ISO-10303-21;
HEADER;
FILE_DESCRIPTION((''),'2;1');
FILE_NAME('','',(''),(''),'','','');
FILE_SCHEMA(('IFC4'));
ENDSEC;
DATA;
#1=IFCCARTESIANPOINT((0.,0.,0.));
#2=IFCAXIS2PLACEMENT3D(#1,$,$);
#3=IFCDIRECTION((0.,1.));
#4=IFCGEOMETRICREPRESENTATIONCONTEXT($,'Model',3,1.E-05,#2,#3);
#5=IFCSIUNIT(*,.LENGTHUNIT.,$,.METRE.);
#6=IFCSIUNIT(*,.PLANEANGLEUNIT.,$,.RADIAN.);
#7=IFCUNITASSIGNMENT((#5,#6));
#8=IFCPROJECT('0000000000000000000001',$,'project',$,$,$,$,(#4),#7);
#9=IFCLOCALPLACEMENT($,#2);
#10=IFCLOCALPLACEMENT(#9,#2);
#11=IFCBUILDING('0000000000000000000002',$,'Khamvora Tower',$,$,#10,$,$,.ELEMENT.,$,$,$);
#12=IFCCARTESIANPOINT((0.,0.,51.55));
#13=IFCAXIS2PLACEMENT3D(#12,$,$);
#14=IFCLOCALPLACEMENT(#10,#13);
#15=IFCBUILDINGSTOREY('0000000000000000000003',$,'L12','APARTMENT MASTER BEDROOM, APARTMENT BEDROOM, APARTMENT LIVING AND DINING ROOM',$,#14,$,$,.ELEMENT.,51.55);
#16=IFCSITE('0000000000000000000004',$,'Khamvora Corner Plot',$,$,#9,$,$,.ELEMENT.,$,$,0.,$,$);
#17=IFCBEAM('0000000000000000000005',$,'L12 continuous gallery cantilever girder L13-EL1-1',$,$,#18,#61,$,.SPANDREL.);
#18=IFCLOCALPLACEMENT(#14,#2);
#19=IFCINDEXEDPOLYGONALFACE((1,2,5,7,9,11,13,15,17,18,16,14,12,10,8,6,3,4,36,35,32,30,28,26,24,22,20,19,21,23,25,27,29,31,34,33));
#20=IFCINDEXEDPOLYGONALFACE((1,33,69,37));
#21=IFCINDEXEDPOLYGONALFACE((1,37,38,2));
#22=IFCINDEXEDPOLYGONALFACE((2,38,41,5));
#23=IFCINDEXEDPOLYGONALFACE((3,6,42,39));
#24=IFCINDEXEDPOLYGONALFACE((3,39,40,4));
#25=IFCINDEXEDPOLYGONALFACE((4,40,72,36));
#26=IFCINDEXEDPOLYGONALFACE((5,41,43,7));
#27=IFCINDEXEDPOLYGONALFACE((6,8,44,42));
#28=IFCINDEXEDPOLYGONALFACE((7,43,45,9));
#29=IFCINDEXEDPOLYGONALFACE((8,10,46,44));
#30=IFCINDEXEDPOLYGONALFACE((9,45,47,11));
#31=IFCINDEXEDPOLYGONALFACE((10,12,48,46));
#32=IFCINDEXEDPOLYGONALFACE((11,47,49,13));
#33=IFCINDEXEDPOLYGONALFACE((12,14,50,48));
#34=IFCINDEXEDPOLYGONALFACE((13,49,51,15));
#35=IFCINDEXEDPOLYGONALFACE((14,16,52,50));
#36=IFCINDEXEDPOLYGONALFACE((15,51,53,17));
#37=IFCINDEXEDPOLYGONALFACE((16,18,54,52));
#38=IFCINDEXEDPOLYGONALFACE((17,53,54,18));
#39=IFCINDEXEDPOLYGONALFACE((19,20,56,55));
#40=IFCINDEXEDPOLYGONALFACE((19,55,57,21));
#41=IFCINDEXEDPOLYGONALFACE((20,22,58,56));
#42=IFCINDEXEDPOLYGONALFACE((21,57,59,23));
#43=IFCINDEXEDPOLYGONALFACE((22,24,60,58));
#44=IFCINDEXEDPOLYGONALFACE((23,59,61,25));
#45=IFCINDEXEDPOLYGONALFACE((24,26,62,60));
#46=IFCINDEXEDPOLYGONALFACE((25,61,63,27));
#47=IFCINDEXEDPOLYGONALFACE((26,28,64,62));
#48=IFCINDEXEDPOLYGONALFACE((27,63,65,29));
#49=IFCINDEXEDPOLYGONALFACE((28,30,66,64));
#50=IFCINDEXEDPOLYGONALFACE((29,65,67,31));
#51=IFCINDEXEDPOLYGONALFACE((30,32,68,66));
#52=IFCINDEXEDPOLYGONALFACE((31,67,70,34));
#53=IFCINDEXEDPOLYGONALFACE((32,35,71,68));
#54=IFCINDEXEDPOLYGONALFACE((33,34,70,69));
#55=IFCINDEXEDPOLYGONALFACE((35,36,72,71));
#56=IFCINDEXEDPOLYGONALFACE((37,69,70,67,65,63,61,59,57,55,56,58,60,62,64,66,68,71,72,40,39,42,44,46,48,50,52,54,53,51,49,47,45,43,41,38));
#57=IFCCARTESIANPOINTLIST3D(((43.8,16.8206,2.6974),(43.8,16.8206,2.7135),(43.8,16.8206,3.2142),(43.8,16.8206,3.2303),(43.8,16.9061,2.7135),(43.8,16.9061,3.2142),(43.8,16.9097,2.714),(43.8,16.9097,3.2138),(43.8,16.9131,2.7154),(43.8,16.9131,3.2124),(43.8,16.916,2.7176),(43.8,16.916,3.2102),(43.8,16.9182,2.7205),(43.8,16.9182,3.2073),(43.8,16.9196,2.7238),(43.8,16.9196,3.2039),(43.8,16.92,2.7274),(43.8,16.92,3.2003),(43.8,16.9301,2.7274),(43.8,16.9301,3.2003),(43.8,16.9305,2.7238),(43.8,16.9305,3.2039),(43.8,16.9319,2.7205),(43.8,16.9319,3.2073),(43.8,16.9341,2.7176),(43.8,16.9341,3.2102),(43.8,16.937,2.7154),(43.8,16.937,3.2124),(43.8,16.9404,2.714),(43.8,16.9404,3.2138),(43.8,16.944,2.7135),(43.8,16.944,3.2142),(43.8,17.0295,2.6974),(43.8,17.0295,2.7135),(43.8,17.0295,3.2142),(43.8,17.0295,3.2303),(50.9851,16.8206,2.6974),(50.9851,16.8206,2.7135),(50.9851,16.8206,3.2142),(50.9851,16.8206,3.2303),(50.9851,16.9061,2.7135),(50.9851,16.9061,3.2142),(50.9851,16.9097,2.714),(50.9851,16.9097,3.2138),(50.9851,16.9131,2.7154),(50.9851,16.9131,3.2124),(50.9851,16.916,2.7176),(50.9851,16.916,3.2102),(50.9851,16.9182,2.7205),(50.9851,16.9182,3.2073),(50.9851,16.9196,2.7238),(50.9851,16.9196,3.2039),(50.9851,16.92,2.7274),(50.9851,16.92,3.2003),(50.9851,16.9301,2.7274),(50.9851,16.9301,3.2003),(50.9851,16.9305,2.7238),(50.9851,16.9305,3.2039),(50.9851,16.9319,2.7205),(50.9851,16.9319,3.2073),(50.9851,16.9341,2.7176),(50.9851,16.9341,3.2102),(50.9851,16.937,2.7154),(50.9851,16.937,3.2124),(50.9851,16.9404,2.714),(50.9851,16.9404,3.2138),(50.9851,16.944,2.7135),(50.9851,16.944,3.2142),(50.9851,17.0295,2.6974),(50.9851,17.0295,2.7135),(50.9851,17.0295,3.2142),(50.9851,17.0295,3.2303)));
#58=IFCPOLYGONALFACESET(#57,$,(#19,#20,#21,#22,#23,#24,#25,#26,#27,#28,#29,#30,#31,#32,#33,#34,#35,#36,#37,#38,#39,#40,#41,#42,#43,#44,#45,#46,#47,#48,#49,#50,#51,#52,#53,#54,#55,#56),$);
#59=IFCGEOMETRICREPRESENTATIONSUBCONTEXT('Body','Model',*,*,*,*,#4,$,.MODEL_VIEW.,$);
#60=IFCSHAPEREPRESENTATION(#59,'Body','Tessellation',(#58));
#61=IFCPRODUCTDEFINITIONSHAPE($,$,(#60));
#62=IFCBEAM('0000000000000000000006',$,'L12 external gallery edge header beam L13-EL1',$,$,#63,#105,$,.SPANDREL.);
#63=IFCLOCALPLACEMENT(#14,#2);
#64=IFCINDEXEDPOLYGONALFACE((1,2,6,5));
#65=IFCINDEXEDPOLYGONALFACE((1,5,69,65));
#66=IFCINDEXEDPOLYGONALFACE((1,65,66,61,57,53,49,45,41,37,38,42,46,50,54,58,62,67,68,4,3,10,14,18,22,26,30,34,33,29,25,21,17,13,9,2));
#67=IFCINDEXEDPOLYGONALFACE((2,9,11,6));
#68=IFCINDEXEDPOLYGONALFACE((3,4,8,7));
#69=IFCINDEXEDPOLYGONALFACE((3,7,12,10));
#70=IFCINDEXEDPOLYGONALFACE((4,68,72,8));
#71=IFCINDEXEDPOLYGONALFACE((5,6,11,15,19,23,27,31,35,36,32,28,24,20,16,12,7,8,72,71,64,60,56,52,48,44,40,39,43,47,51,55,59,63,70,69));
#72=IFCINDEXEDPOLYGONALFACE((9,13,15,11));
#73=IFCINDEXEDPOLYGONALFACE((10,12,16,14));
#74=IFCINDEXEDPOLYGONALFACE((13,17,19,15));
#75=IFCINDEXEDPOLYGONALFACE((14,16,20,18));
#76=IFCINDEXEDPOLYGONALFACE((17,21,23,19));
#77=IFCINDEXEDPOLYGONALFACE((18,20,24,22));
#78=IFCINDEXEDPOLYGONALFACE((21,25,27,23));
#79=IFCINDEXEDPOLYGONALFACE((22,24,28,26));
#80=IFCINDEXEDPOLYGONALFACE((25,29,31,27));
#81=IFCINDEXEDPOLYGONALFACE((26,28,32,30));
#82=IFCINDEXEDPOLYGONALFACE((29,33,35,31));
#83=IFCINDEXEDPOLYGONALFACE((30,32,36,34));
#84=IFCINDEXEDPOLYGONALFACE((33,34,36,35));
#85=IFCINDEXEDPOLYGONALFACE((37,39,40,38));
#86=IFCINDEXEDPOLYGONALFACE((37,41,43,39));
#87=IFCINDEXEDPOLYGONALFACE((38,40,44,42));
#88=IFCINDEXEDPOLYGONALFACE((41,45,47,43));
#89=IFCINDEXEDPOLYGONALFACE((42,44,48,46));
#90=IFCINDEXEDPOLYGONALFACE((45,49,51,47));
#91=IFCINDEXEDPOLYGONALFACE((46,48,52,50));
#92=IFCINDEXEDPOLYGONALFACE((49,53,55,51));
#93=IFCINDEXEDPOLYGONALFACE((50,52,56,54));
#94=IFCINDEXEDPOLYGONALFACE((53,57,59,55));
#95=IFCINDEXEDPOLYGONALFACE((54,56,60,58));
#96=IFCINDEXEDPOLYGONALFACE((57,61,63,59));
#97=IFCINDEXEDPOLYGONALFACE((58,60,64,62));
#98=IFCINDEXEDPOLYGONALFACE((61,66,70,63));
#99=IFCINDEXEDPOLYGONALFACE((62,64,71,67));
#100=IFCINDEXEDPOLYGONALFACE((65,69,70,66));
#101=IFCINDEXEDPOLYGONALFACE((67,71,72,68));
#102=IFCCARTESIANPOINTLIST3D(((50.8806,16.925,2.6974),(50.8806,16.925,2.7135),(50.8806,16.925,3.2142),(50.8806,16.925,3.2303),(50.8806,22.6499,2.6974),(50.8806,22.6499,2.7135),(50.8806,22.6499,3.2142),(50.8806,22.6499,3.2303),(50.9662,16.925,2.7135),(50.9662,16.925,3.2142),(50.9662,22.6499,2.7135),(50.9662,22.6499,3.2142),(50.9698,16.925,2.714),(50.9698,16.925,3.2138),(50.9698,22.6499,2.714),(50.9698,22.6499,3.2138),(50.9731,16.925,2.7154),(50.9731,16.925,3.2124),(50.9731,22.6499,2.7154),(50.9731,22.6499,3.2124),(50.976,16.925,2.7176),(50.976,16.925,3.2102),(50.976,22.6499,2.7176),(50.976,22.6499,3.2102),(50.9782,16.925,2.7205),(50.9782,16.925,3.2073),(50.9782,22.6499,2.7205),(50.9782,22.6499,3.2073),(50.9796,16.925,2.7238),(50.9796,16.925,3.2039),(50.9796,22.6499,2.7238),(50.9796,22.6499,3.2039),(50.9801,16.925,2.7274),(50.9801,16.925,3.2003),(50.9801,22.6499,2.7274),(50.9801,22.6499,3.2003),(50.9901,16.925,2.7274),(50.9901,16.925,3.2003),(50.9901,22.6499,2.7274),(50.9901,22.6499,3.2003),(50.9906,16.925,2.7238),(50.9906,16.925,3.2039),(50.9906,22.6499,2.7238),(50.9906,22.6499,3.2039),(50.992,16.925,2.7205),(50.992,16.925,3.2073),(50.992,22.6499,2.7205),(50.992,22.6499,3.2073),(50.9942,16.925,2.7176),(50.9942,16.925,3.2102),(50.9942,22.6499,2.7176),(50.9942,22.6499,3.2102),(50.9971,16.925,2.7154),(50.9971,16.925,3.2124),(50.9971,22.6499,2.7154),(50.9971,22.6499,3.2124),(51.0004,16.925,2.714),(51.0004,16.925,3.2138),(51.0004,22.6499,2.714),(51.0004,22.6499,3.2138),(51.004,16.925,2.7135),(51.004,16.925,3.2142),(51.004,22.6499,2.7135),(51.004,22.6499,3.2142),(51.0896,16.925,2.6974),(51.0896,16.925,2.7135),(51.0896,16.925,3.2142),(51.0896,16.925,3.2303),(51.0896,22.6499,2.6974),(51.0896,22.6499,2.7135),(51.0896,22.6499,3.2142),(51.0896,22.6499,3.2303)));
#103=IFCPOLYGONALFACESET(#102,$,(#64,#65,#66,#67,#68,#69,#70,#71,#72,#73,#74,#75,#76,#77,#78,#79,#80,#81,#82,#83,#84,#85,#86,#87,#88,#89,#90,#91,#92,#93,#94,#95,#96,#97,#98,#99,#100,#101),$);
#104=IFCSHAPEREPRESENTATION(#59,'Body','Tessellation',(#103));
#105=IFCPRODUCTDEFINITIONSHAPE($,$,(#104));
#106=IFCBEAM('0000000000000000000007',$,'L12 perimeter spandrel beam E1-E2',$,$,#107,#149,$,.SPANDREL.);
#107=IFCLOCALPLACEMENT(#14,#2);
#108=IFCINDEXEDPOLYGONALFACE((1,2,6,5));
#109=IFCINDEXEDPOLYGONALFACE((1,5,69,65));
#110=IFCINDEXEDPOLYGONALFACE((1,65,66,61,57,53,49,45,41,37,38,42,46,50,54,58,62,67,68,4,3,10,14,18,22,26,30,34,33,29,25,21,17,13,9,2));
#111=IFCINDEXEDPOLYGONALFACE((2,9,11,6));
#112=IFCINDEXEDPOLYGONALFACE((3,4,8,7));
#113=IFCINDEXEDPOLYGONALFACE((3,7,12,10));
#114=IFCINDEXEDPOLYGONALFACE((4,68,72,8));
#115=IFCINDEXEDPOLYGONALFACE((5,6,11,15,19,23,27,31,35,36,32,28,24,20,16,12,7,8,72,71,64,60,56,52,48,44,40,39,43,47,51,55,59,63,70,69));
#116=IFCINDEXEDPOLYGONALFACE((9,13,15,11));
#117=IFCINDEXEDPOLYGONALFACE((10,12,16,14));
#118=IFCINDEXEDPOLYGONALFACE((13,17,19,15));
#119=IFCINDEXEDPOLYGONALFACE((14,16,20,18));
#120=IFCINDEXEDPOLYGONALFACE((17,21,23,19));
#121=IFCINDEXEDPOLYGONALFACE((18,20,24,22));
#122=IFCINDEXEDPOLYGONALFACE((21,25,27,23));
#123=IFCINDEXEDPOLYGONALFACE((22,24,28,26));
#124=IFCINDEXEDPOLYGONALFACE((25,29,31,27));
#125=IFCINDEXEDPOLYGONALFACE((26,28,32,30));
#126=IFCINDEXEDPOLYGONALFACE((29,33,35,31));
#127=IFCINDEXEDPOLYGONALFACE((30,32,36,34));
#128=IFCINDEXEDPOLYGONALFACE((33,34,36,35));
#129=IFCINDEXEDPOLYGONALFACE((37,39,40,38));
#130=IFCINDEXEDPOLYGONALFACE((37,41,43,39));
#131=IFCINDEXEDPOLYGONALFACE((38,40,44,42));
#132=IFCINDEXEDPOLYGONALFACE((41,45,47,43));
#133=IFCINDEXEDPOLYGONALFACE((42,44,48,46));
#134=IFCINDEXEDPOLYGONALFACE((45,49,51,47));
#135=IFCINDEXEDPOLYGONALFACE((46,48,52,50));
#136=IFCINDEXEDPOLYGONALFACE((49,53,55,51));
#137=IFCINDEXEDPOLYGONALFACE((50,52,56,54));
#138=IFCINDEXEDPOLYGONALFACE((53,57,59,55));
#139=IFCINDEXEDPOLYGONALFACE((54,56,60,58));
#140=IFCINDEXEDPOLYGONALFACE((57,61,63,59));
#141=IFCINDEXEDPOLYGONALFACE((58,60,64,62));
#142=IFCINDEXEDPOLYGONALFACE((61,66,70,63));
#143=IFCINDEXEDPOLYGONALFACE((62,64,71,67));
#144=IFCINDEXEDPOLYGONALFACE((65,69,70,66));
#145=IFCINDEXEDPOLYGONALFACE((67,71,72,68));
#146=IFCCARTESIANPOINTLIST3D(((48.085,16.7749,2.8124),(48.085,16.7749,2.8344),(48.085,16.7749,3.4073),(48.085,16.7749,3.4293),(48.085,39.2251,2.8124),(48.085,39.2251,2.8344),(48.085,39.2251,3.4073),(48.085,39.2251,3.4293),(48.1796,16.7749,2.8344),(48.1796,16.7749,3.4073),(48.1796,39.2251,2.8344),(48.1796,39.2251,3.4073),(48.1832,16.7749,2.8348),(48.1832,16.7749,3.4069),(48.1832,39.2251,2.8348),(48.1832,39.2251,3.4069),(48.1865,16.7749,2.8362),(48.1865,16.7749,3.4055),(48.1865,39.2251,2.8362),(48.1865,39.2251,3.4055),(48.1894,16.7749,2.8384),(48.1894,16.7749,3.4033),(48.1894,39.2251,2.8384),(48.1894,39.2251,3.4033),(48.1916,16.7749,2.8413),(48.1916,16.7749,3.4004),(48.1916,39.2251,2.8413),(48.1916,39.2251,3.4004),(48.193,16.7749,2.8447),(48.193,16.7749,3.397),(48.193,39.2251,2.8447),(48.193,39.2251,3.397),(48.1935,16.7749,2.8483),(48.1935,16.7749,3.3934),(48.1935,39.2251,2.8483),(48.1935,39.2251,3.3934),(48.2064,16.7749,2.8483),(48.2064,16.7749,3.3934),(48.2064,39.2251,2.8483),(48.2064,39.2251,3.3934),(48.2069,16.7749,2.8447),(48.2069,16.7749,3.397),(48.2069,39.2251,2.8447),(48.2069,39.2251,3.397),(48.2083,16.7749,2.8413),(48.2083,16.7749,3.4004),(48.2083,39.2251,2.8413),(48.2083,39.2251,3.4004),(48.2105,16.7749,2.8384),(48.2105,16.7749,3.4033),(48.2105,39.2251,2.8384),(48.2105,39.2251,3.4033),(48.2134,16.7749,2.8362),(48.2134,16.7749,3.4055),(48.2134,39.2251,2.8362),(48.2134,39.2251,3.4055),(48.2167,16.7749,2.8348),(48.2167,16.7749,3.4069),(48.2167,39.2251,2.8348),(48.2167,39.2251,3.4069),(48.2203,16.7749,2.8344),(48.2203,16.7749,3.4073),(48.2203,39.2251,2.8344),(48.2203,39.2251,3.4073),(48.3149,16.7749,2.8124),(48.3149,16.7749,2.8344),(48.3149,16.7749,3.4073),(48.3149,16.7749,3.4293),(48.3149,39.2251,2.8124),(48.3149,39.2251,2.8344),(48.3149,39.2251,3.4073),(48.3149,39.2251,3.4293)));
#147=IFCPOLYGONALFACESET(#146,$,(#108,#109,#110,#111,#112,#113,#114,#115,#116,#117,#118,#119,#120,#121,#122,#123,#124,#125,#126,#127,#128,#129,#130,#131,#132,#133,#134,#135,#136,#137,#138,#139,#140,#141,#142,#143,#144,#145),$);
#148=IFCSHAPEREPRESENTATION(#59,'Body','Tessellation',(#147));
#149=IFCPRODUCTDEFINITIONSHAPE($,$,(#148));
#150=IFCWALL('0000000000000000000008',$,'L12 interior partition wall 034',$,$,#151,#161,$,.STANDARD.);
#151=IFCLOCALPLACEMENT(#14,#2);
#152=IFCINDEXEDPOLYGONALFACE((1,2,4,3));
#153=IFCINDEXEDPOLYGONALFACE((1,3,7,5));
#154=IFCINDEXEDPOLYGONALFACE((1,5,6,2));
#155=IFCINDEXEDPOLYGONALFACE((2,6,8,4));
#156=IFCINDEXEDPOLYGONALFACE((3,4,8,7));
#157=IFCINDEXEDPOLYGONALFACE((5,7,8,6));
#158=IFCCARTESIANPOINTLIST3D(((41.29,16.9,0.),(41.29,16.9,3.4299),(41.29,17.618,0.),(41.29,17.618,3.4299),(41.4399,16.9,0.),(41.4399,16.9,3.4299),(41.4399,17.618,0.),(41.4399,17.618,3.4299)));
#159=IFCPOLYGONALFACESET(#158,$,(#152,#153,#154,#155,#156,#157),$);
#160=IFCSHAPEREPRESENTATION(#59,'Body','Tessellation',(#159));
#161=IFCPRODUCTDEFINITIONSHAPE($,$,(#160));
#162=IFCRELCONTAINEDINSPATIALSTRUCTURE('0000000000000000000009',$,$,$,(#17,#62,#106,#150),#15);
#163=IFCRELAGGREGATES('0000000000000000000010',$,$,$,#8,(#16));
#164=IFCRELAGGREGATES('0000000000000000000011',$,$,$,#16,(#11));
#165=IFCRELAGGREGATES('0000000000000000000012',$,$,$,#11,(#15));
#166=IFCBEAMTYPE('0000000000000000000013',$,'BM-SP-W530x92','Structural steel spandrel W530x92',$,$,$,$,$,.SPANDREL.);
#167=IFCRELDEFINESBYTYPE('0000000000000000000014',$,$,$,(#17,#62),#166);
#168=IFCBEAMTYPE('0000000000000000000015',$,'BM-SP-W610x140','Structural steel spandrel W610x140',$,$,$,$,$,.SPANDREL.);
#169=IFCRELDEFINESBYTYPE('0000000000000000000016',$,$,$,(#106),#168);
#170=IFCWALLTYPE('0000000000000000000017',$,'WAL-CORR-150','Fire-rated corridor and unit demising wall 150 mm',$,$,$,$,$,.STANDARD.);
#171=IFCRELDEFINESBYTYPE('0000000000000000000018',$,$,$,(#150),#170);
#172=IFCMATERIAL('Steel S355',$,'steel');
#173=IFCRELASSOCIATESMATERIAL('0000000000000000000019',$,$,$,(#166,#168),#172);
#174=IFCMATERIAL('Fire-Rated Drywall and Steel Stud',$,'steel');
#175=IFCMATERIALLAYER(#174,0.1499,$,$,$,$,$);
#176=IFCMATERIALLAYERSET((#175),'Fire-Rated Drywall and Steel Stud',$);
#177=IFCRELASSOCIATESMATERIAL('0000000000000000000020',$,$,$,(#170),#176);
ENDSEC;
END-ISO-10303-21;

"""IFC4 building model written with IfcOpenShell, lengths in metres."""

from ifc_helpers import new_model, si_unit, direction, frame, frame_2d, origin, origin_2d, place, context, subcontext, project, spatial, rectangle, i_section, extrude, material, layer, layer_set, material_profile, profile_set, type_object, element, save


model = new_model("IFC4")

# Units and contexts
model_context = context("Model", 3, precision=1e-05, world=origin(), true_north=direction((0.0, 1.0)))
body_context = subcontext(model_context, "Body", "Model", "MODEL_VIEW")
ifc_project = project(units=[si_unit("LENGTHUNIT", "METRE"), si_unit("PLANEANGLEUNIT", "RADIAN")], contexts=[model_context])

# Site, building, storey
site_placement = place(None, origin())
site = spatial("IfcSite", under=ifc_project, at=site_placement, Name="Khamvora Corner Plot", CompositionType="ELEMENT", RefElevation=0.0)
building_placement = place(site_placement, origin())
building = spatial("IfcBuilding", under=site, at=building_placement, Name="Khamvora Tower", CompositionType="ELEMENT")
storey_placement = place(building_placement, frame((0.0, 0.0, 51.55)))
storey = spatial("IfcBuildingStorey", under=building, at=storey_placement, Name="L12", Description="APARTMENT MASTER BEDROOM, APARTMENT BEDROOM, APARTMENT LIVING AND DINING ROOM", CompositionType="ELEMENT", Elevation=51.55)

# Beams
ifc_material_1 = material(Name="Steel S355", Category="steel")
ifc_material_profile_1 = material_profile(ifc_material_1, i_section(OverallWidth=0.209, OverallDepth=0.533, WebThickness=0.01, FlangeThickness=0.0161, FilletRadius=0.0139, at=origin_2d()), Name="W530x92")
ifc_profile_set_1 = profile_set([ifc_material_profile_1], Name="Steel S355")
beam_type_1 = type_object("IfcBeamType", Name="BM-SP-W530x92", Description="Structural steel spandrel W530x92", PredefinedType="SPANDREL", material=ifc_profile_set_1)
beam_1_placement = place(storey_placement, frame((43.8, 16.925, 2.9639), z_axis=(1.0, 0.0, 0.0), x_axis=(0.0, 1.0, 0.0)))
element("IfcBeam", 1, at=beam_1_placement, inside=storey, type_object=beam_type_1, Name="L12 continuous gallery cantilever girder L13-EL1-1", PredefinedType="SPANDREL", context=body_context, shape_type="SweptSolid", body=[
    extrude(i_section(OverallWidth=0.209, OverallDepth=0.533, WebThickness=0.01, FlangeThickness=0.0161, FilletRadius=0.0139, at=origin_2d()), origin(), (0.0, 0.0, 1.0), 7.1851),
])
beam_2_placement = place(storey_placement, frame((50.9851, 16.925, 2.9639), z_axis=(0.0, 1.0, 0.0), x_axis=(-1.0, 0.0, 0.0)))
element("IfcBeam", 2, at=beam_2_placement, inside=storey, type_object=beam_type_1, Name="L12 external gallery edge header beam L13-EL1", PredefinedType="SPANDREL", context=body_context, shape_type="SweptSolid", body=[
    extrude(i_section(OverallWidth=0.209, OverallDepth=0.533, WebThickness=0.01, FlangeThickness=0.0161, FilletRadius=0.0139, at=origin_2d()), origin(), (0.0, 0.0, 1.0), 5.7249),
])
ifc_material_profile_2 = material_profile(ifc_material_1, i_section(OverallWidth=0.23, OverallDepth=0.6169, WebThickness=0.0129, FlangeThickness=0.022, FilletRadius=0.0139, at=origin_2d()), Name="W610x140")
ifc_profile_set_2 = profile_set([ifc_material_profile_2], Name="Steel S355")
beam_type_2 = type_object("IfcBeamType", Name="BM-SP-W610x140", Description="Structural steel spandrel W610x140", PredefinedType="SPANDREL", material=ifc_profile_set_2)
beam_3_placement = place(storey_placement, frame((48.2, 16.7749, 3.1208), z_axis=(0.0, 1.0, 0.0), x_axis=(-1.0, 0.0, 0.0)))
element("IfcBeam", 3, at=beam_3_placement, inside=storey, type_object=beam_type_2, Name="L12 perimeter spandrel beam E1-E2", PredefinedType="SPANDREL", context=body_context, shape_type="SweptSolid", body=[
    extrude(i_section(OverallWidth=0.23, OverallDepth=0.6169, WebThickness=0.0129, FlangeThickness=0.022, FilletRadius=0.0139, at=origin_2d()), origin(), (0.0, 0.0, 1.0), 22.4502),
])

# Wall
ifc_material_2 = material(Name="Fire-Rated Drywall and Steel Stud", Category="steel")
ifc_layer_1 = layer(ifc_material_2, 0.1499)
ifc_layer_set_1 = layer_set([ifc_layer_1], Name="Fire-Rated Drywall and Steel Stud")
wall_type_1 = type_object("IfcWallType", Name="WAL-CORR-150", Description="Fire-rated corridor and unit demising wall 150 mm", PredefinedType="STANDARD", material=ifc_layer_set_1)
wall_1_placement = place(storey_placement, frame((41.365, 17.6179, 0.0), z_axis=(0.0, 0.0, 1.0), x_axis=(0.0, -1.0, 0.0)))
element("IfcWall", 4, at=wall_1_placement, inside=storey, type_object=wall_type_1, Name="L12 interior partition wall 034", PredefinedType="STANDARD", context=body_context, shape_type="SweptSolid", body=[
    extrude(rectangle(XDim=0.718, YDim=0.1499, at=frame_2d((0.3589, 0.0))), origin(), (0.0, 0.0, 1.0), 3.4299),
])

save(model, "model.ifc")
